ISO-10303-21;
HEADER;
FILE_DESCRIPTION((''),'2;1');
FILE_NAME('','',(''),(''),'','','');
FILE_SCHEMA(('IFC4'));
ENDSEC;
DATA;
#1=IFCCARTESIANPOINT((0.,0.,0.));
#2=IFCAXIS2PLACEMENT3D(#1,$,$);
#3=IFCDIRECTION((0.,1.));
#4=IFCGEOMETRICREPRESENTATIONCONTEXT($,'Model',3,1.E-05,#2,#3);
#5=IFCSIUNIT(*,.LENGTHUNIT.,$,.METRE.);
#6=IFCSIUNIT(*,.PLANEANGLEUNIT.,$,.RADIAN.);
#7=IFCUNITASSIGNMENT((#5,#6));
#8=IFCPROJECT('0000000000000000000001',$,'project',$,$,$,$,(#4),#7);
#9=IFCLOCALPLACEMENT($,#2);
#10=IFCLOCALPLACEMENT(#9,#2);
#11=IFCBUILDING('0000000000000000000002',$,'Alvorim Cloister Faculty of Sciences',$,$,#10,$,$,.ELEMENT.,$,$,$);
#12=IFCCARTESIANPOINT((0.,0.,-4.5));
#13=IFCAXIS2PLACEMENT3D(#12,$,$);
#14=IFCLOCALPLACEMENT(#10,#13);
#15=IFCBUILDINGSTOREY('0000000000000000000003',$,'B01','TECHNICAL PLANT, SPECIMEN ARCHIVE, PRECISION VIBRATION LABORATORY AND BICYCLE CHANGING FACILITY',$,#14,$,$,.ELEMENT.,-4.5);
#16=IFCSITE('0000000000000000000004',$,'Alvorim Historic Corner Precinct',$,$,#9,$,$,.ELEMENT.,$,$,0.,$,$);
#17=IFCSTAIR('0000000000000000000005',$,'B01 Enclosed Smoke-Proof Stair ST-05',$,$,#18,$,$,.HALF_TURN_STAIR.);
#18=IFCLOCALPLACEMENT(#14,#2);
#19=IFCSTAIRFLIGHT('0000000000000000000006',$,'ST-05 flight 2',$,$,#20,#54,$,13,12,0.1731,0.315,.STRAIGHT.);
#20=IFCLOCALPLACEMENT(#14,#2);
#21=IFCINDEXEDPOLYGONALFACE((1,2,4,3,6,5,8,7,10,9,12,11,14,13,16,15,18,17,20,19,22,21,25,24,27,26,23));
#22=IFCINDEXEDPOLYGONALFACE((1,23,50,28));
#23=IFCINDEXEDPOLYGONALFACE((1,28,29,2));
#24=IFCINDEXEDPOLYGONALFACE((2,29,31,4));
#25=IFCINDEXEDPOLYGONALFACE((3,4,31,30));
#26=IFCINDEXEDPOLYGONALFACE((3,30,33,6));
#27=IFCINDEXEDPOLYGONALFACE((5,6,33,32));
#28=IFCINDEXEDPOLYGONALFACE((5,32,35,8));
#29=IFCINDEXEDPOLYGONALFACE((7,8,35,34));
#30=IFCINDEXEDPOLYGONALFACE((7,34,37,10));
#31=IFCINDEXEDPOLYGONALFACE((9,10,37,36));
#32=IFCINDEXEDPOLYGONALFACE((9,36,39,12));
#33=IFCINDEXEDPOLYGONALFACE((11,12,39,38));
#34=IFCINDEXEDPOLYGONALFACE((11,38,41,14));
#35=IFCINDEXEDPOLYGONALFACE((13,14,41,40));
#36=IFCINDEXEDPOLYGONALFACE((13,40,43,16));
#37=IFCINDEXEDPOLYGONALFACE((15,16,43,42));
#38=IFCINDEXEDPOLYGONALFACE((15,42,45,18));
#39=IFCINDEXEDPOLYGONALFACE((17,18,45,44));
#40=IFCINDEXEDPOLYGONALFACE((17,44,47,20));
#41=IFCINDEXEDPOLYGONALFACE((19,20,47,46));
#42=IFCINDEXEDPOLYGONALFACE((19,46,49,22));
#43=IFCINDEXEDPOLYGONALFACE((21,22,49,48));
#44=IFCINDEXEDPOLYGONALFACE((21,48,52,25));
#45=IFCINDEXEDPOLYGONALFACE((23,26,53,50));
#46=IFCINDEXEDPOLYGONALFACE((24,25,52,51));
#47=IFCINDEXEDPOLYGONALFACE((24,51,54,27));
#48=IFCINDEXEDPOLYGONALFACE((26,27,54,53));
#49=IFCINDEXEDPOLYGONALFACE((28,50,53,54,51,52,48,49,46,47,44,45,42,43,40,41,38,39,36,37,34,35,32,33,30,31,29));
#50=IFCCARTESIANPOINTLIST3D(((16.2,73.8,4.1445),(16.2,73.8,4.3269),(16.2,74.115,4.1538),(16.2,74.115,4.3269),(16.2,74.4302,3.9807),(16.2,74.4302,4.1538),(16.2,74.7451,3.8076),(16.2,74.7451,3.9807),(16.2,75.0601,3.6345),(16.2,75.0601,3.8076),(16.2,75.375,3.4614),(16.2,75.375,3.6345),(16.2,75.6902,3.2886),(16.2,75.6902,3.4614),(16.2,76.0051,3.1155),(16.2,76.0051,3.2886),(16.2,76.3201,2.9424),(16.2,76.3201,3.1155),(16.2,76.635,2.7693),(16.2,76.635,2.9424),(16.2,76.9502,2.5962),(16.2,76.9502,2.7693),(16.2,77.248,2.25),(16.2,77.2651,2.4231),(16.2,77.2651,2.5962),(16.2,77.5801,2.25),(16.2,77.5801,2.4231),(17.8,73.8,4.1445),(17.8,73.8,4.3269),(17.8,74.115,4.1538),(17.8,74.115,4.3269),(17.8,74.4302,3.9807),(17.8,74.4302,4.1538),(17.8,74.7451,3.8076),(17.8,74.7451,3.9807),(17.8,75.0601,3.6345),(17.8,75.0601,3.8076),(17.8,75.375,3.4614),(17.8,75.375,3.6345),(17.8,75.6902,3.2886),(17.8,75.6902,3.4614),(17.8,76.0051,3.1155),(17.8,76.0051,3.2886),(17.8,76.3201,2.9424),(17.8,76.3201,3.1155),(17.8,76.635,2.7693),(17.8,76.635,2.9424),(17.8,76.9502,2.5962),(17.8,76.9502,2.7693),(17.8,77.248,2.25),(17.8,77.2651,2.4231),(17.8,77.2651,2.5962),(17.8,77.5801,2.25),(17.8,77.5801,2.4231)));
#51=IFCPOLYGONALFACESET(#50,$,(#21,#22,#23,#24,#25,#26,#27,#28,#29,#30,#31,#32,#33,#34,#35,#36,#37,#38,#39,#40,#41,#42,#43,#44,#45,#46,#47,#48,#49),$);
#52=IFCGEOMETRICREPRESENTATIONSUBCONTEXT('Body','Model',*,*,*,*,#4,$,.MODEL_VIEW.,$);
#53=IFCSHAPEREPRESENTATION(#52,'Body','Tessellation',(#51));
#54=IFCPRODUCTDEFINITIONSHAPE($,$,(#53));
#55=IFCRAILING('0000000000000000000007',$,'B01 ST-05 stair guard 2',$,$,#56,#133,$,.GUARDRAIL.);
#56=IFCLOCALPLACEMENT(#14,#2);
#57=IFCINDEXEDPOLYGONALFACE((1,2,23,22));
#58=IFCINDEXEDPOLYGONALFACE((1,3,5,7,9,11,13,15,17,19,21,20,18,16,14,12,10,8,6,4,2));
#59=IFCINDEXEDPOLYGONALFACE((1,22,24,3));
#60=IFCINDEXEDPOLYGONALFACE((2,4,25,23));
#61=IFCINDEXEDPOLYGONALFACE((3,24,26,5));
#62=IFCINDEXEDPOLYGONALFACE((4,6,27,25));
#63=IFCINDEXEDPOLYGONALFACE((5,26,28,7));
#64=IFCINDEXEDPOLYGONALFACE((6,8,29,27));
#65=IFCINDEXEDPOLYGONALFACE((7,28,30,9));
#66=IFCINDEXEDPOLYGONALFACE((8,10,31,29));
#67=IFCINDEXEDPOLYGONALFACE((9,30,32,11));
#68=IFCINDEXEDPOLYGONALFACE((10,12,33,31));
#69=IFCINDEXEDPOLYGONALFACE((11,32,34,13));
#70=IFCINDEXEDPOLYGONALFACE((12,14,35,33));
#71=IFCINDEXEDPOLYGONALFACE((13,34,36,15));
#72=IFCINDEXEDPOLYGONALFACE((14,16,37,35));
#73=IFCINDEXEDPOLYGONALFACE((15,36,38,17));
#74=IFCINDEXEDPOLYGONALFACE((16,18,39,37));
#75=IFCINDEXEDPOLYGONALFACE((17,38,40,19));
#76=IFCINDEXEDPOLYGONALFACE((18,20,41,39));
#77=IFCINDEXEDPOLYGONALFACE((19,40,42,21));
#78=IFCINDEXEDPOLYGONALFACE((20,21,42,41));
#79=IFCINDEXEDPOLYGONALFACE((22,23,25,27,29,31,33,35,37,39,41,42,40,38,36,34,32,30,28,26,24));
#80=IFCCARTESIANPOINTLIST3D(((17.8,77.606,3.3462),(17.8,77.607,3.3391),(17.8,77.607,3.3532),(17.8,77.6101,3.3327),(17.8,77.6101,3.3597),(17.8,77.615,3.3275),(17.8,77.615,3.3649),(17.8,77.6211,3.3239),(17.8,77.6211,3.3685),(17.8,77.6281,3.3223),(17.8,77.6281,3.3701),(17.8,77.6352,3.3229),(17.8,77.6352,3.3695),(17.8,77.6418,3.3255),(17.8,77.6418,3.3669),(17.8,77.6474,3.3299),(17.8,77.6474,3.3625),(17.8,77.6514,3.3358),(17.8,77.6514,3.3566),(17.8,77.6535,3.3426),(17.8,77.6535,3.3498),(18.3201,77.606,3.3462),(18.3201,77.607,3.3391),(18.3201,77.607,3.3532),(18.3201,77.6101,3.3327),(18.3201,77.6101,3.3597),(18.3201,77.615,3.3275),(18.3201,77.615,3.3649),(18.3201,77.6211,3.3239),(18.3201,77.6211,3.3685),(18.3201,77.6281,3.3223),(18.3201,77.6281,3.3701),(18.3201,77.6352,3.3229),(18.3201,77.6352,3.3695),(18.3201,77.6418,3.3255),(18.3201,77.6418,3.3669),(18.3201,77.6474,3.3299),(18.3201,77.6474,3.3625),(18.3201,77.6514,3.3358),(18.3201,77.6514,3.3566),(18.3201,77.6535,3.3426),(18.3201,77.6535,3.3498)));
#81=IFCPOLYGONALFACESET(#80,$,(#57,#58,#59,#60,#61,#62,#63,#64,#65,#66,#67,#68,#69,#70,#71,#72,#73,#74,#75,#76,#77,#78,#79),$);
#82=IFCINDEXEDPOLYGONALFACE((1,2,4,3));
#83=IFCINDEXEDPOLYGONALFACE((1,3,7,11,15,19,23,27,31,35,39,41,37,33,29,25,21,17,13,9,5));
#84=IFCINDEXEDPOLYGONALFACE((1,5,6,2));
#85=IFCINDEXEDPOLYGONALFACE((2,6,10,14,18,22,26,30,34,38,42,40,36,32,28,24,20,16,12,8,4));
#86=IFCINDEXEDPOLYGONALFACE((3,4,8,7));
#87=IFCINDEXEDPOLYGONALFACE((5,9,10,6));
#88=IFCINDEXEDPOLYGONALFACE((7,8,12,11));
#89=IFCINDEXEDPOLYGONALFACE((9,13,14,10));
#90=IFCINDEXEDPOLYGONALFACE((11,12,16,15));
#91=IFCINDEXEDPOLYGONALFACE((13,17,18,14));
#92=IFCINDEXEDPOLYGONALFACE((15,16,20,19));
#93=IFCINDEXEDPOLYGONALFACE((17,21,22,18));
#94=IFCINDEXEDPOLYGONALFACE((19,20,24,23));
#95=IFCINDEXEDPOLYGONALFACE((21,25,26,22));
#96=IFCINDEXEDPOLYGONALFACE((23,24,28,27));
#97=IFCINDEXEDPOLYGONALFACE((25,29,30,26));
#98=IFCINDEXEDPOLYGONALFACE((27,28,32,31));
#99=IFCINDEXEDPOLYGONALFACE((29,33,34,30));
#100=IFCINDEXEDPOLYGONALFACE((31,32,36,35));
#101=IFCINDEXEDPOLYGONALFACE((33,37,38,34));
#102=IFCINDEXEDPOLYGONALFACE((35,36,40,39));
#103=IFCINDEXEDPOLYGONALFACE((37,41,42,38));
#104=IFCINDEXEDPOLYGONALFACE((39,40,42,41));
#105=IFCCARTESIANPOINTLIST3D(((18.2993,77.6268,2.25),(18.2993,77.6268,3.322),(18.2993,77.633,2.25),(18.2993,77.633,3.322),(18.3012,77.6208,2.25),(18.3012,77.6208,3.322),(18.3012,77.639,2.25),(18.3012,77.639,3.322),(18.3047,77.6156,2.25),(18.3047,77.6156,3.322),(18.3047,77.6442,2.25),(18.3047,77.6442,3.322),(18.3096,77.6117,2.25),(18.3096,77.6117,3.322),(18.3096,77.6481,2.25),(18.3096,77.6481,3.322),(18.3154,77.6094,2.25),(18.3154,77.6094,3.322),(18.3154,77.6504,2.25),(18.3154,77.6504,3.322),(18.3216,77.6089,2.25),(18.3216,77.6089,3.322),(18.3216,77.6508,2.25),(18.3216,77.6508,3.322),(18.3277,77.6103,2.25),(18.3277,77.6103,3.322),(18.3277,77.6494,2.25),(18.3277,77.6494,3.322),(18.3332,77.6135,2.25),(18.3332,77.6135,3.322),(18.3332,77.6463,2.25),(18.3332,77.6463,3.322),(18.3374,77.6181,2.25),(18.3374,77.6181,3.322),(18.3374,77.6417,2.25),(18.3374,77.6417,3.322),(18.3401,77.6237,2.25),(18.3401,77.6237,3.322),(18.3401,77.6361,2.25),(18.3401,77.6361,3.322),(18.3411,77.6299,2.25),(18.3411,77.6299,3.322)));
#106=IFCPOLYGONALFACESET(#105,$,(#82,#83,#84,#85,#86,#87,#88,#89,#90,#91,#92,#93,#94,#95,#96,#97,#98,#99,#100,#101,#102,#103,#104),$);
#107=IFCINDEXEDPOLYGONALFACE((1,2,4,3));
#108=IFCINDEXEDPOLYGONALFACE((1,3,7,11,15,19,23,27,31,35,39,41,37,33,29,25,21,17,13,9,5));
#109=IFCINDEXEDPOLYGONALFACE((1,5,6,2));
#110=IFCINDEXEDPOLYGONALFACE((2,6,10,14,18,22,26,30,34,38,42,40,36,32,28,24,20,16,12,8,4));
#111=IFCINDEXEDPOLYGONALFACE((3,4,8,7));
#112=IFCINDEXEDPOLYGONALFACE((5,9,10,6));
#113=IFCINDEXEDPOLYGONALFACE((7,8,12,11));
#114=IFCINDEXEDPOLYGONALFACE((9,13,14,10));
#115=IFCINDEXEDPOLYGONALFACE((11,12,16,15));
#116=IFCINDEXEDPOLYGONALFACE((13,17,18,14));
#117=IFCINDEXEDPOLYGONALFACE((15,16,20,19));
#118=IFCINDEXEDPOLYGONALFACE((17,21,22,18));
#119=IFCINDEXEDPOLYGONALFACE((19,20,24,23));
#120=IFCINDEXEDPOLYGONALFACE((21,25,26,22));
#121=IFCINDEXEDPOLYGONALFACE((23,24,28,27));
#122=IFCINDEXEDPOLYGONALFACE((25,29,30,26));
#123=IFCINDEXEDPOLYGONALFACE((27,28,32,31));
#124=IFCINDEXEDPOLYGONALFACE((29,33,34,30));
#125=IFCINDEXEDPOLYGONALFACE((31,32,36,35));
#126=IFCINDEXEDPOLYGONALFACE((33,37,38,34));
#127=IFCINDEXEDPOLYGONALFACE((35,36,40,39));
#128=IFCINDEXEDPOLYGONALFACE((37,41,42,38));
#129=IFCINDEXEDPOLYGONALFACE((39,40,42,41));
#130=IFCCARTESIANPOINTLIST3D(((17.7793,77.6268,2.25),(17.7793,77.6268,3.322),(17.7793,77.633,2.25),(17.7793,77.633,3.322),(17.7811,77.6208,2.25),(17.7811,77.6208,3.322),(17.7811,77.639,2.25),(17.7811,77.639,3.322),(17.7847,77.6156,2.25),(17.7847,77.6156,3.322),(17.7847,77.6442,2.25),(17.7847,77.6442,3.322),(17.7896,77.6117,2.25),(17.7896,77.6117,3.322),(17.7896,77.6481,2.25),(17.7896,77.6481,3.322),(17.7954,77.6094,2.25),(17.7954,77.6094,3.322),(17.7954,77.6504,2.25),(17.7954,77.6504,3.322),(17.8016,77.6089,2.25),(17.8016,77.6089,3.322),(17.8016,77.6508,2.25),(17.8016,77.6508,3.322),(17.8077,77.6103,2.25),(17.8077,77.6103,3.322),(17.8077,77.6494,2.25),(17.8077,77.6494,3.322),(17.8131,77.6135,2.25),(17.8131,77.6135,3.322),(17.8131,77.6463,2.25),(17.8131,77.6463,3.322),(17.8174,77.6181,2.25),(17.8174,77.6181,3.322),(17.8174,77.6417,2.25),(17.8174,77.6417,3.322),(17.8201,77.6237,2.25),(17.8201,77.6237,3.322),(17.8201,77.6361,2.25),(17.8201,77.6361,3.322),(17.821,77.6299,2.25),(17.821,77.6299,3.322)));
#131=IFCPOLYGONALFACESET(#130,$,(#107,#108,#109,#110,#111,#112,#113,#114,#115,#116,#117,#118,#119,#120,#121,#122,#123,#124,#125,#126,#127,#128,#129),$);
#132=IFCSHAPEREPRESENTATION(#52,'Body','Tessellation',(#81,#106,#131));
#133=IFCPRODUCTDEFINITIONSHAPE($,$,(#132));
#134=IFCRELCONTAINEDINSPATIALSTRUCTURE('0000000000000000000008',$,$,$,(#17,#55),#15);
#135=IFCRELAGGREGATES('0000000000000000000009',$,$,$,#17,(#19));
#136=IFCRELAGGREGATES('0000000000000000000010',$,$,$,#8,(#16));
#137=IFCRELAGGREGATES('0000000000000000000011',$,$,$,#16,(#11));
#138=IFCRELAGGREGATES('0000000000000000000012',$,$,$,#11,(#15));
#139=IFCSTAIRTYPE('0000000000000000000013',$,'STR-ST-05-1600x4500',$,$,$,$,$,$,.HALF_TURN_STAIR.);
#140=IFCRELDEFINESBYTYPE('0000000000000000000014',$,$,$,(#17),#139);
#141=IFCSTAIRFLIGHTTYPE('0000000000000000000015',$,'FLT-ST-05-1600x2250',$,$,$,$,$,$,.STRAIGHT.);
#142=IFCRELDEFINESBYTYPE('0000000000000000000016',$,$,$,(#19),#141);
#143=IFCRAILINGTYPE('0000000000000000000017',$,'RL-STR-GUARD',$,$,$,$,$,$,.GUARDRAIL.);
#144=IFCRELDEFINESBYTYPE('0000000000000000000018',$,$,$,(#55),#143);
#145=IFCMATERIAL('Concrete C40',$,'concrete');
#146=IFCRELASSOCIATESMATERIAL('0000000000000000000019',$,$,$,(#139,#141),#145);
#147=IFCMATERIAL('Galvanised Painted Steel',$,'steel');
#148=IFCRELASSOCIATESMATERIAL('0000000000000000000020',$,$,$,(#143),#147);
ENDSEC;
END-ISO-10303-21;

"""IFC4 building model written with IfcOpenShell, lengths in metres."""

from ifc_helpers import new_model, si_unit, direction, frame, origin, origin_2d, place, context, subcontext, project, spatial, polyline, circle, outline, extrude, material, type_object, element, aggregate, save


model = new_model("IFC4")

# Units and contexts
model_context = context("Model", 3, precision=1e-05, world=origin(), true_north=direction((0.0, 1.0)))
body_context = subcontext(model_context, "Body", "Model", "MODEL_VIEW")
ifc_project = project(units=[si_unit("LENGTHUNIT", "METRE"), si_unit("PLANEANGLEUNIT", "RADIAN")], contexts=[model_context])

# Site, building, storey
site_placement = place(None, origin())
site = spatial("IfcSite", under=ifc_project, at=site_placement, Name="Alvorim Historic Corner Precinct", CompositionType="ELEMENT", RefElevation=0.0)
building_placement = place(site_placement, origin())
building = spatial("IfcBuilding", under=site, at=building_placement, Name="Alvorim Cloister Faculty of Sciences", CompositionType="ELEMENT")
storey_placement = place(building_placement, frame((0.0, 0.0, -4.5)))
storey = spatial("IfcBuildingStorey", under=building, at=storey_placement, Name="B01", Description="TECHNICAL PLANT, SPECIMEN ARCHIVE, PRECISION VIBRATION LABORATORY AND BICYCLE CHANGING FACILITY", CompositionType="ELEMENT", Elevation=-4.5)

# Shared definitions
ifc_material_1 = material(Name="Concrete C40", Category="concrete")

# Stair, stair flight
stair_type = type_object("IfcStairType", Name="STR-ST-05-1600x4500", PredefinedType="HALF_TURN_STAIR", material=ifc_material_1)
stair_placement = place(storey_placement, origin())
stair = element("IfcStair", 1, at=stair_placement, inside=storey, type_object=stair_type, Name="B01 Enclosed Smoke-Proof Stair ST-05", PredefinedType="HALF_TURN_STAIR")
stair_flight_type = type_object("IfcStairFlightType", Name="FLT-ST-05-1600x2250", PredefinedType="STRAIGHT", material=ifc_material_1)
stair_flight_placement = place(storey_placement, frame((17.0, 77.5801, 2.25), z_axis=(0.0, 0.0, 1.0), x_axis=(0.0, -1.0, 0.0)))
stair_flight = element("IfcStairFlight", 2, at=stair_flight_placement, type_object=stair_flight_type, Name="ST-05 flight 2", NumberOfRisers=13, NumberOfTreads=12, PredefinedType="STRAIGHT", RiserHeight=0.1731, TreadLength=0.315, context=body_context, shape_type="SweptSolid", body=[
    extrude(outline(polyline([(0.332, 0.0), (3.78, 1.8945), (3.78, 2.25), (3.78, 2.0769), (3.4651, 2.0769), (3.4651, 1.9038), (3.1499, 1.9038), (3.1499, 1.7307), (2.835, 1.7307), (2.835, 1.5576), (2.52, 1.5576), (2.52, 1.3845), (2.2051, 1.3845), (2.2051, 1.2114), (1.8899, 1.2114), (1.8899, 1.0386), (1.575, 1.0386), (1.575, 0.8655), (1.26, 0.8655), (1.26, 0.6924), (0.9451, 0.6924), (0.9451, 0.5193), (0.6299, 0.5193), (0.6299, 0.3462), (0.3149, 0.3462), (0.3149, 0.1731), (0.0, 0.1731), (0.0, 0.0), (0.332, 0.0)])), frame((0.0, 0.8, 0.0), z_axis=(0.0, -1.0, 0.0), x_axis=(1.0, 0.0, 0.0)), (0.0, 0.0, 1.0), 1.6001),
])
aggregate(stair, [stair_flight])

# Railing
ifc_material_2 = material(Name="Galvanised Painted Steel", Category="steel")
railing_type_1 = type_object("IfcRailingType", Name="RL-STR-GUARD", PredefinedType="GUARDRAIL", material=ifc_material_2)
railing_1_placement = place(storey_placement, frame((18.3201, 77.6299, 2.25)))
element("IfcRailing", 3, at=railing_1_placement, inside=storey, type_object=railing_type_1, Name="B01 ST-05 stair guard 2", PredefinedType="GUARDRAIL", context=body_context, shape_type="SweptSolid", body=[
    extrude(circle(Radius=0.0239, at=origin_2d()), frame((0.0, 0.0, 1.0962), z_axis=(-1.0, 0.0, 0.0), x_axis=(0.0, -1.0, 0.0)), (0.0, 0.0, 1.0), 0.52),
    extrude(circle(Radius=0.021, at=origin_2d()), origin(), (0.0, 0.0, 1.0), 1.072),
    extrude(circle(Radius=0.021, at=origin_2d()), frame((-0.52, 0.0, 0.0)), (0.0, 0.0, 1.0), 1.072),
])

save(model, "model.ifc")
